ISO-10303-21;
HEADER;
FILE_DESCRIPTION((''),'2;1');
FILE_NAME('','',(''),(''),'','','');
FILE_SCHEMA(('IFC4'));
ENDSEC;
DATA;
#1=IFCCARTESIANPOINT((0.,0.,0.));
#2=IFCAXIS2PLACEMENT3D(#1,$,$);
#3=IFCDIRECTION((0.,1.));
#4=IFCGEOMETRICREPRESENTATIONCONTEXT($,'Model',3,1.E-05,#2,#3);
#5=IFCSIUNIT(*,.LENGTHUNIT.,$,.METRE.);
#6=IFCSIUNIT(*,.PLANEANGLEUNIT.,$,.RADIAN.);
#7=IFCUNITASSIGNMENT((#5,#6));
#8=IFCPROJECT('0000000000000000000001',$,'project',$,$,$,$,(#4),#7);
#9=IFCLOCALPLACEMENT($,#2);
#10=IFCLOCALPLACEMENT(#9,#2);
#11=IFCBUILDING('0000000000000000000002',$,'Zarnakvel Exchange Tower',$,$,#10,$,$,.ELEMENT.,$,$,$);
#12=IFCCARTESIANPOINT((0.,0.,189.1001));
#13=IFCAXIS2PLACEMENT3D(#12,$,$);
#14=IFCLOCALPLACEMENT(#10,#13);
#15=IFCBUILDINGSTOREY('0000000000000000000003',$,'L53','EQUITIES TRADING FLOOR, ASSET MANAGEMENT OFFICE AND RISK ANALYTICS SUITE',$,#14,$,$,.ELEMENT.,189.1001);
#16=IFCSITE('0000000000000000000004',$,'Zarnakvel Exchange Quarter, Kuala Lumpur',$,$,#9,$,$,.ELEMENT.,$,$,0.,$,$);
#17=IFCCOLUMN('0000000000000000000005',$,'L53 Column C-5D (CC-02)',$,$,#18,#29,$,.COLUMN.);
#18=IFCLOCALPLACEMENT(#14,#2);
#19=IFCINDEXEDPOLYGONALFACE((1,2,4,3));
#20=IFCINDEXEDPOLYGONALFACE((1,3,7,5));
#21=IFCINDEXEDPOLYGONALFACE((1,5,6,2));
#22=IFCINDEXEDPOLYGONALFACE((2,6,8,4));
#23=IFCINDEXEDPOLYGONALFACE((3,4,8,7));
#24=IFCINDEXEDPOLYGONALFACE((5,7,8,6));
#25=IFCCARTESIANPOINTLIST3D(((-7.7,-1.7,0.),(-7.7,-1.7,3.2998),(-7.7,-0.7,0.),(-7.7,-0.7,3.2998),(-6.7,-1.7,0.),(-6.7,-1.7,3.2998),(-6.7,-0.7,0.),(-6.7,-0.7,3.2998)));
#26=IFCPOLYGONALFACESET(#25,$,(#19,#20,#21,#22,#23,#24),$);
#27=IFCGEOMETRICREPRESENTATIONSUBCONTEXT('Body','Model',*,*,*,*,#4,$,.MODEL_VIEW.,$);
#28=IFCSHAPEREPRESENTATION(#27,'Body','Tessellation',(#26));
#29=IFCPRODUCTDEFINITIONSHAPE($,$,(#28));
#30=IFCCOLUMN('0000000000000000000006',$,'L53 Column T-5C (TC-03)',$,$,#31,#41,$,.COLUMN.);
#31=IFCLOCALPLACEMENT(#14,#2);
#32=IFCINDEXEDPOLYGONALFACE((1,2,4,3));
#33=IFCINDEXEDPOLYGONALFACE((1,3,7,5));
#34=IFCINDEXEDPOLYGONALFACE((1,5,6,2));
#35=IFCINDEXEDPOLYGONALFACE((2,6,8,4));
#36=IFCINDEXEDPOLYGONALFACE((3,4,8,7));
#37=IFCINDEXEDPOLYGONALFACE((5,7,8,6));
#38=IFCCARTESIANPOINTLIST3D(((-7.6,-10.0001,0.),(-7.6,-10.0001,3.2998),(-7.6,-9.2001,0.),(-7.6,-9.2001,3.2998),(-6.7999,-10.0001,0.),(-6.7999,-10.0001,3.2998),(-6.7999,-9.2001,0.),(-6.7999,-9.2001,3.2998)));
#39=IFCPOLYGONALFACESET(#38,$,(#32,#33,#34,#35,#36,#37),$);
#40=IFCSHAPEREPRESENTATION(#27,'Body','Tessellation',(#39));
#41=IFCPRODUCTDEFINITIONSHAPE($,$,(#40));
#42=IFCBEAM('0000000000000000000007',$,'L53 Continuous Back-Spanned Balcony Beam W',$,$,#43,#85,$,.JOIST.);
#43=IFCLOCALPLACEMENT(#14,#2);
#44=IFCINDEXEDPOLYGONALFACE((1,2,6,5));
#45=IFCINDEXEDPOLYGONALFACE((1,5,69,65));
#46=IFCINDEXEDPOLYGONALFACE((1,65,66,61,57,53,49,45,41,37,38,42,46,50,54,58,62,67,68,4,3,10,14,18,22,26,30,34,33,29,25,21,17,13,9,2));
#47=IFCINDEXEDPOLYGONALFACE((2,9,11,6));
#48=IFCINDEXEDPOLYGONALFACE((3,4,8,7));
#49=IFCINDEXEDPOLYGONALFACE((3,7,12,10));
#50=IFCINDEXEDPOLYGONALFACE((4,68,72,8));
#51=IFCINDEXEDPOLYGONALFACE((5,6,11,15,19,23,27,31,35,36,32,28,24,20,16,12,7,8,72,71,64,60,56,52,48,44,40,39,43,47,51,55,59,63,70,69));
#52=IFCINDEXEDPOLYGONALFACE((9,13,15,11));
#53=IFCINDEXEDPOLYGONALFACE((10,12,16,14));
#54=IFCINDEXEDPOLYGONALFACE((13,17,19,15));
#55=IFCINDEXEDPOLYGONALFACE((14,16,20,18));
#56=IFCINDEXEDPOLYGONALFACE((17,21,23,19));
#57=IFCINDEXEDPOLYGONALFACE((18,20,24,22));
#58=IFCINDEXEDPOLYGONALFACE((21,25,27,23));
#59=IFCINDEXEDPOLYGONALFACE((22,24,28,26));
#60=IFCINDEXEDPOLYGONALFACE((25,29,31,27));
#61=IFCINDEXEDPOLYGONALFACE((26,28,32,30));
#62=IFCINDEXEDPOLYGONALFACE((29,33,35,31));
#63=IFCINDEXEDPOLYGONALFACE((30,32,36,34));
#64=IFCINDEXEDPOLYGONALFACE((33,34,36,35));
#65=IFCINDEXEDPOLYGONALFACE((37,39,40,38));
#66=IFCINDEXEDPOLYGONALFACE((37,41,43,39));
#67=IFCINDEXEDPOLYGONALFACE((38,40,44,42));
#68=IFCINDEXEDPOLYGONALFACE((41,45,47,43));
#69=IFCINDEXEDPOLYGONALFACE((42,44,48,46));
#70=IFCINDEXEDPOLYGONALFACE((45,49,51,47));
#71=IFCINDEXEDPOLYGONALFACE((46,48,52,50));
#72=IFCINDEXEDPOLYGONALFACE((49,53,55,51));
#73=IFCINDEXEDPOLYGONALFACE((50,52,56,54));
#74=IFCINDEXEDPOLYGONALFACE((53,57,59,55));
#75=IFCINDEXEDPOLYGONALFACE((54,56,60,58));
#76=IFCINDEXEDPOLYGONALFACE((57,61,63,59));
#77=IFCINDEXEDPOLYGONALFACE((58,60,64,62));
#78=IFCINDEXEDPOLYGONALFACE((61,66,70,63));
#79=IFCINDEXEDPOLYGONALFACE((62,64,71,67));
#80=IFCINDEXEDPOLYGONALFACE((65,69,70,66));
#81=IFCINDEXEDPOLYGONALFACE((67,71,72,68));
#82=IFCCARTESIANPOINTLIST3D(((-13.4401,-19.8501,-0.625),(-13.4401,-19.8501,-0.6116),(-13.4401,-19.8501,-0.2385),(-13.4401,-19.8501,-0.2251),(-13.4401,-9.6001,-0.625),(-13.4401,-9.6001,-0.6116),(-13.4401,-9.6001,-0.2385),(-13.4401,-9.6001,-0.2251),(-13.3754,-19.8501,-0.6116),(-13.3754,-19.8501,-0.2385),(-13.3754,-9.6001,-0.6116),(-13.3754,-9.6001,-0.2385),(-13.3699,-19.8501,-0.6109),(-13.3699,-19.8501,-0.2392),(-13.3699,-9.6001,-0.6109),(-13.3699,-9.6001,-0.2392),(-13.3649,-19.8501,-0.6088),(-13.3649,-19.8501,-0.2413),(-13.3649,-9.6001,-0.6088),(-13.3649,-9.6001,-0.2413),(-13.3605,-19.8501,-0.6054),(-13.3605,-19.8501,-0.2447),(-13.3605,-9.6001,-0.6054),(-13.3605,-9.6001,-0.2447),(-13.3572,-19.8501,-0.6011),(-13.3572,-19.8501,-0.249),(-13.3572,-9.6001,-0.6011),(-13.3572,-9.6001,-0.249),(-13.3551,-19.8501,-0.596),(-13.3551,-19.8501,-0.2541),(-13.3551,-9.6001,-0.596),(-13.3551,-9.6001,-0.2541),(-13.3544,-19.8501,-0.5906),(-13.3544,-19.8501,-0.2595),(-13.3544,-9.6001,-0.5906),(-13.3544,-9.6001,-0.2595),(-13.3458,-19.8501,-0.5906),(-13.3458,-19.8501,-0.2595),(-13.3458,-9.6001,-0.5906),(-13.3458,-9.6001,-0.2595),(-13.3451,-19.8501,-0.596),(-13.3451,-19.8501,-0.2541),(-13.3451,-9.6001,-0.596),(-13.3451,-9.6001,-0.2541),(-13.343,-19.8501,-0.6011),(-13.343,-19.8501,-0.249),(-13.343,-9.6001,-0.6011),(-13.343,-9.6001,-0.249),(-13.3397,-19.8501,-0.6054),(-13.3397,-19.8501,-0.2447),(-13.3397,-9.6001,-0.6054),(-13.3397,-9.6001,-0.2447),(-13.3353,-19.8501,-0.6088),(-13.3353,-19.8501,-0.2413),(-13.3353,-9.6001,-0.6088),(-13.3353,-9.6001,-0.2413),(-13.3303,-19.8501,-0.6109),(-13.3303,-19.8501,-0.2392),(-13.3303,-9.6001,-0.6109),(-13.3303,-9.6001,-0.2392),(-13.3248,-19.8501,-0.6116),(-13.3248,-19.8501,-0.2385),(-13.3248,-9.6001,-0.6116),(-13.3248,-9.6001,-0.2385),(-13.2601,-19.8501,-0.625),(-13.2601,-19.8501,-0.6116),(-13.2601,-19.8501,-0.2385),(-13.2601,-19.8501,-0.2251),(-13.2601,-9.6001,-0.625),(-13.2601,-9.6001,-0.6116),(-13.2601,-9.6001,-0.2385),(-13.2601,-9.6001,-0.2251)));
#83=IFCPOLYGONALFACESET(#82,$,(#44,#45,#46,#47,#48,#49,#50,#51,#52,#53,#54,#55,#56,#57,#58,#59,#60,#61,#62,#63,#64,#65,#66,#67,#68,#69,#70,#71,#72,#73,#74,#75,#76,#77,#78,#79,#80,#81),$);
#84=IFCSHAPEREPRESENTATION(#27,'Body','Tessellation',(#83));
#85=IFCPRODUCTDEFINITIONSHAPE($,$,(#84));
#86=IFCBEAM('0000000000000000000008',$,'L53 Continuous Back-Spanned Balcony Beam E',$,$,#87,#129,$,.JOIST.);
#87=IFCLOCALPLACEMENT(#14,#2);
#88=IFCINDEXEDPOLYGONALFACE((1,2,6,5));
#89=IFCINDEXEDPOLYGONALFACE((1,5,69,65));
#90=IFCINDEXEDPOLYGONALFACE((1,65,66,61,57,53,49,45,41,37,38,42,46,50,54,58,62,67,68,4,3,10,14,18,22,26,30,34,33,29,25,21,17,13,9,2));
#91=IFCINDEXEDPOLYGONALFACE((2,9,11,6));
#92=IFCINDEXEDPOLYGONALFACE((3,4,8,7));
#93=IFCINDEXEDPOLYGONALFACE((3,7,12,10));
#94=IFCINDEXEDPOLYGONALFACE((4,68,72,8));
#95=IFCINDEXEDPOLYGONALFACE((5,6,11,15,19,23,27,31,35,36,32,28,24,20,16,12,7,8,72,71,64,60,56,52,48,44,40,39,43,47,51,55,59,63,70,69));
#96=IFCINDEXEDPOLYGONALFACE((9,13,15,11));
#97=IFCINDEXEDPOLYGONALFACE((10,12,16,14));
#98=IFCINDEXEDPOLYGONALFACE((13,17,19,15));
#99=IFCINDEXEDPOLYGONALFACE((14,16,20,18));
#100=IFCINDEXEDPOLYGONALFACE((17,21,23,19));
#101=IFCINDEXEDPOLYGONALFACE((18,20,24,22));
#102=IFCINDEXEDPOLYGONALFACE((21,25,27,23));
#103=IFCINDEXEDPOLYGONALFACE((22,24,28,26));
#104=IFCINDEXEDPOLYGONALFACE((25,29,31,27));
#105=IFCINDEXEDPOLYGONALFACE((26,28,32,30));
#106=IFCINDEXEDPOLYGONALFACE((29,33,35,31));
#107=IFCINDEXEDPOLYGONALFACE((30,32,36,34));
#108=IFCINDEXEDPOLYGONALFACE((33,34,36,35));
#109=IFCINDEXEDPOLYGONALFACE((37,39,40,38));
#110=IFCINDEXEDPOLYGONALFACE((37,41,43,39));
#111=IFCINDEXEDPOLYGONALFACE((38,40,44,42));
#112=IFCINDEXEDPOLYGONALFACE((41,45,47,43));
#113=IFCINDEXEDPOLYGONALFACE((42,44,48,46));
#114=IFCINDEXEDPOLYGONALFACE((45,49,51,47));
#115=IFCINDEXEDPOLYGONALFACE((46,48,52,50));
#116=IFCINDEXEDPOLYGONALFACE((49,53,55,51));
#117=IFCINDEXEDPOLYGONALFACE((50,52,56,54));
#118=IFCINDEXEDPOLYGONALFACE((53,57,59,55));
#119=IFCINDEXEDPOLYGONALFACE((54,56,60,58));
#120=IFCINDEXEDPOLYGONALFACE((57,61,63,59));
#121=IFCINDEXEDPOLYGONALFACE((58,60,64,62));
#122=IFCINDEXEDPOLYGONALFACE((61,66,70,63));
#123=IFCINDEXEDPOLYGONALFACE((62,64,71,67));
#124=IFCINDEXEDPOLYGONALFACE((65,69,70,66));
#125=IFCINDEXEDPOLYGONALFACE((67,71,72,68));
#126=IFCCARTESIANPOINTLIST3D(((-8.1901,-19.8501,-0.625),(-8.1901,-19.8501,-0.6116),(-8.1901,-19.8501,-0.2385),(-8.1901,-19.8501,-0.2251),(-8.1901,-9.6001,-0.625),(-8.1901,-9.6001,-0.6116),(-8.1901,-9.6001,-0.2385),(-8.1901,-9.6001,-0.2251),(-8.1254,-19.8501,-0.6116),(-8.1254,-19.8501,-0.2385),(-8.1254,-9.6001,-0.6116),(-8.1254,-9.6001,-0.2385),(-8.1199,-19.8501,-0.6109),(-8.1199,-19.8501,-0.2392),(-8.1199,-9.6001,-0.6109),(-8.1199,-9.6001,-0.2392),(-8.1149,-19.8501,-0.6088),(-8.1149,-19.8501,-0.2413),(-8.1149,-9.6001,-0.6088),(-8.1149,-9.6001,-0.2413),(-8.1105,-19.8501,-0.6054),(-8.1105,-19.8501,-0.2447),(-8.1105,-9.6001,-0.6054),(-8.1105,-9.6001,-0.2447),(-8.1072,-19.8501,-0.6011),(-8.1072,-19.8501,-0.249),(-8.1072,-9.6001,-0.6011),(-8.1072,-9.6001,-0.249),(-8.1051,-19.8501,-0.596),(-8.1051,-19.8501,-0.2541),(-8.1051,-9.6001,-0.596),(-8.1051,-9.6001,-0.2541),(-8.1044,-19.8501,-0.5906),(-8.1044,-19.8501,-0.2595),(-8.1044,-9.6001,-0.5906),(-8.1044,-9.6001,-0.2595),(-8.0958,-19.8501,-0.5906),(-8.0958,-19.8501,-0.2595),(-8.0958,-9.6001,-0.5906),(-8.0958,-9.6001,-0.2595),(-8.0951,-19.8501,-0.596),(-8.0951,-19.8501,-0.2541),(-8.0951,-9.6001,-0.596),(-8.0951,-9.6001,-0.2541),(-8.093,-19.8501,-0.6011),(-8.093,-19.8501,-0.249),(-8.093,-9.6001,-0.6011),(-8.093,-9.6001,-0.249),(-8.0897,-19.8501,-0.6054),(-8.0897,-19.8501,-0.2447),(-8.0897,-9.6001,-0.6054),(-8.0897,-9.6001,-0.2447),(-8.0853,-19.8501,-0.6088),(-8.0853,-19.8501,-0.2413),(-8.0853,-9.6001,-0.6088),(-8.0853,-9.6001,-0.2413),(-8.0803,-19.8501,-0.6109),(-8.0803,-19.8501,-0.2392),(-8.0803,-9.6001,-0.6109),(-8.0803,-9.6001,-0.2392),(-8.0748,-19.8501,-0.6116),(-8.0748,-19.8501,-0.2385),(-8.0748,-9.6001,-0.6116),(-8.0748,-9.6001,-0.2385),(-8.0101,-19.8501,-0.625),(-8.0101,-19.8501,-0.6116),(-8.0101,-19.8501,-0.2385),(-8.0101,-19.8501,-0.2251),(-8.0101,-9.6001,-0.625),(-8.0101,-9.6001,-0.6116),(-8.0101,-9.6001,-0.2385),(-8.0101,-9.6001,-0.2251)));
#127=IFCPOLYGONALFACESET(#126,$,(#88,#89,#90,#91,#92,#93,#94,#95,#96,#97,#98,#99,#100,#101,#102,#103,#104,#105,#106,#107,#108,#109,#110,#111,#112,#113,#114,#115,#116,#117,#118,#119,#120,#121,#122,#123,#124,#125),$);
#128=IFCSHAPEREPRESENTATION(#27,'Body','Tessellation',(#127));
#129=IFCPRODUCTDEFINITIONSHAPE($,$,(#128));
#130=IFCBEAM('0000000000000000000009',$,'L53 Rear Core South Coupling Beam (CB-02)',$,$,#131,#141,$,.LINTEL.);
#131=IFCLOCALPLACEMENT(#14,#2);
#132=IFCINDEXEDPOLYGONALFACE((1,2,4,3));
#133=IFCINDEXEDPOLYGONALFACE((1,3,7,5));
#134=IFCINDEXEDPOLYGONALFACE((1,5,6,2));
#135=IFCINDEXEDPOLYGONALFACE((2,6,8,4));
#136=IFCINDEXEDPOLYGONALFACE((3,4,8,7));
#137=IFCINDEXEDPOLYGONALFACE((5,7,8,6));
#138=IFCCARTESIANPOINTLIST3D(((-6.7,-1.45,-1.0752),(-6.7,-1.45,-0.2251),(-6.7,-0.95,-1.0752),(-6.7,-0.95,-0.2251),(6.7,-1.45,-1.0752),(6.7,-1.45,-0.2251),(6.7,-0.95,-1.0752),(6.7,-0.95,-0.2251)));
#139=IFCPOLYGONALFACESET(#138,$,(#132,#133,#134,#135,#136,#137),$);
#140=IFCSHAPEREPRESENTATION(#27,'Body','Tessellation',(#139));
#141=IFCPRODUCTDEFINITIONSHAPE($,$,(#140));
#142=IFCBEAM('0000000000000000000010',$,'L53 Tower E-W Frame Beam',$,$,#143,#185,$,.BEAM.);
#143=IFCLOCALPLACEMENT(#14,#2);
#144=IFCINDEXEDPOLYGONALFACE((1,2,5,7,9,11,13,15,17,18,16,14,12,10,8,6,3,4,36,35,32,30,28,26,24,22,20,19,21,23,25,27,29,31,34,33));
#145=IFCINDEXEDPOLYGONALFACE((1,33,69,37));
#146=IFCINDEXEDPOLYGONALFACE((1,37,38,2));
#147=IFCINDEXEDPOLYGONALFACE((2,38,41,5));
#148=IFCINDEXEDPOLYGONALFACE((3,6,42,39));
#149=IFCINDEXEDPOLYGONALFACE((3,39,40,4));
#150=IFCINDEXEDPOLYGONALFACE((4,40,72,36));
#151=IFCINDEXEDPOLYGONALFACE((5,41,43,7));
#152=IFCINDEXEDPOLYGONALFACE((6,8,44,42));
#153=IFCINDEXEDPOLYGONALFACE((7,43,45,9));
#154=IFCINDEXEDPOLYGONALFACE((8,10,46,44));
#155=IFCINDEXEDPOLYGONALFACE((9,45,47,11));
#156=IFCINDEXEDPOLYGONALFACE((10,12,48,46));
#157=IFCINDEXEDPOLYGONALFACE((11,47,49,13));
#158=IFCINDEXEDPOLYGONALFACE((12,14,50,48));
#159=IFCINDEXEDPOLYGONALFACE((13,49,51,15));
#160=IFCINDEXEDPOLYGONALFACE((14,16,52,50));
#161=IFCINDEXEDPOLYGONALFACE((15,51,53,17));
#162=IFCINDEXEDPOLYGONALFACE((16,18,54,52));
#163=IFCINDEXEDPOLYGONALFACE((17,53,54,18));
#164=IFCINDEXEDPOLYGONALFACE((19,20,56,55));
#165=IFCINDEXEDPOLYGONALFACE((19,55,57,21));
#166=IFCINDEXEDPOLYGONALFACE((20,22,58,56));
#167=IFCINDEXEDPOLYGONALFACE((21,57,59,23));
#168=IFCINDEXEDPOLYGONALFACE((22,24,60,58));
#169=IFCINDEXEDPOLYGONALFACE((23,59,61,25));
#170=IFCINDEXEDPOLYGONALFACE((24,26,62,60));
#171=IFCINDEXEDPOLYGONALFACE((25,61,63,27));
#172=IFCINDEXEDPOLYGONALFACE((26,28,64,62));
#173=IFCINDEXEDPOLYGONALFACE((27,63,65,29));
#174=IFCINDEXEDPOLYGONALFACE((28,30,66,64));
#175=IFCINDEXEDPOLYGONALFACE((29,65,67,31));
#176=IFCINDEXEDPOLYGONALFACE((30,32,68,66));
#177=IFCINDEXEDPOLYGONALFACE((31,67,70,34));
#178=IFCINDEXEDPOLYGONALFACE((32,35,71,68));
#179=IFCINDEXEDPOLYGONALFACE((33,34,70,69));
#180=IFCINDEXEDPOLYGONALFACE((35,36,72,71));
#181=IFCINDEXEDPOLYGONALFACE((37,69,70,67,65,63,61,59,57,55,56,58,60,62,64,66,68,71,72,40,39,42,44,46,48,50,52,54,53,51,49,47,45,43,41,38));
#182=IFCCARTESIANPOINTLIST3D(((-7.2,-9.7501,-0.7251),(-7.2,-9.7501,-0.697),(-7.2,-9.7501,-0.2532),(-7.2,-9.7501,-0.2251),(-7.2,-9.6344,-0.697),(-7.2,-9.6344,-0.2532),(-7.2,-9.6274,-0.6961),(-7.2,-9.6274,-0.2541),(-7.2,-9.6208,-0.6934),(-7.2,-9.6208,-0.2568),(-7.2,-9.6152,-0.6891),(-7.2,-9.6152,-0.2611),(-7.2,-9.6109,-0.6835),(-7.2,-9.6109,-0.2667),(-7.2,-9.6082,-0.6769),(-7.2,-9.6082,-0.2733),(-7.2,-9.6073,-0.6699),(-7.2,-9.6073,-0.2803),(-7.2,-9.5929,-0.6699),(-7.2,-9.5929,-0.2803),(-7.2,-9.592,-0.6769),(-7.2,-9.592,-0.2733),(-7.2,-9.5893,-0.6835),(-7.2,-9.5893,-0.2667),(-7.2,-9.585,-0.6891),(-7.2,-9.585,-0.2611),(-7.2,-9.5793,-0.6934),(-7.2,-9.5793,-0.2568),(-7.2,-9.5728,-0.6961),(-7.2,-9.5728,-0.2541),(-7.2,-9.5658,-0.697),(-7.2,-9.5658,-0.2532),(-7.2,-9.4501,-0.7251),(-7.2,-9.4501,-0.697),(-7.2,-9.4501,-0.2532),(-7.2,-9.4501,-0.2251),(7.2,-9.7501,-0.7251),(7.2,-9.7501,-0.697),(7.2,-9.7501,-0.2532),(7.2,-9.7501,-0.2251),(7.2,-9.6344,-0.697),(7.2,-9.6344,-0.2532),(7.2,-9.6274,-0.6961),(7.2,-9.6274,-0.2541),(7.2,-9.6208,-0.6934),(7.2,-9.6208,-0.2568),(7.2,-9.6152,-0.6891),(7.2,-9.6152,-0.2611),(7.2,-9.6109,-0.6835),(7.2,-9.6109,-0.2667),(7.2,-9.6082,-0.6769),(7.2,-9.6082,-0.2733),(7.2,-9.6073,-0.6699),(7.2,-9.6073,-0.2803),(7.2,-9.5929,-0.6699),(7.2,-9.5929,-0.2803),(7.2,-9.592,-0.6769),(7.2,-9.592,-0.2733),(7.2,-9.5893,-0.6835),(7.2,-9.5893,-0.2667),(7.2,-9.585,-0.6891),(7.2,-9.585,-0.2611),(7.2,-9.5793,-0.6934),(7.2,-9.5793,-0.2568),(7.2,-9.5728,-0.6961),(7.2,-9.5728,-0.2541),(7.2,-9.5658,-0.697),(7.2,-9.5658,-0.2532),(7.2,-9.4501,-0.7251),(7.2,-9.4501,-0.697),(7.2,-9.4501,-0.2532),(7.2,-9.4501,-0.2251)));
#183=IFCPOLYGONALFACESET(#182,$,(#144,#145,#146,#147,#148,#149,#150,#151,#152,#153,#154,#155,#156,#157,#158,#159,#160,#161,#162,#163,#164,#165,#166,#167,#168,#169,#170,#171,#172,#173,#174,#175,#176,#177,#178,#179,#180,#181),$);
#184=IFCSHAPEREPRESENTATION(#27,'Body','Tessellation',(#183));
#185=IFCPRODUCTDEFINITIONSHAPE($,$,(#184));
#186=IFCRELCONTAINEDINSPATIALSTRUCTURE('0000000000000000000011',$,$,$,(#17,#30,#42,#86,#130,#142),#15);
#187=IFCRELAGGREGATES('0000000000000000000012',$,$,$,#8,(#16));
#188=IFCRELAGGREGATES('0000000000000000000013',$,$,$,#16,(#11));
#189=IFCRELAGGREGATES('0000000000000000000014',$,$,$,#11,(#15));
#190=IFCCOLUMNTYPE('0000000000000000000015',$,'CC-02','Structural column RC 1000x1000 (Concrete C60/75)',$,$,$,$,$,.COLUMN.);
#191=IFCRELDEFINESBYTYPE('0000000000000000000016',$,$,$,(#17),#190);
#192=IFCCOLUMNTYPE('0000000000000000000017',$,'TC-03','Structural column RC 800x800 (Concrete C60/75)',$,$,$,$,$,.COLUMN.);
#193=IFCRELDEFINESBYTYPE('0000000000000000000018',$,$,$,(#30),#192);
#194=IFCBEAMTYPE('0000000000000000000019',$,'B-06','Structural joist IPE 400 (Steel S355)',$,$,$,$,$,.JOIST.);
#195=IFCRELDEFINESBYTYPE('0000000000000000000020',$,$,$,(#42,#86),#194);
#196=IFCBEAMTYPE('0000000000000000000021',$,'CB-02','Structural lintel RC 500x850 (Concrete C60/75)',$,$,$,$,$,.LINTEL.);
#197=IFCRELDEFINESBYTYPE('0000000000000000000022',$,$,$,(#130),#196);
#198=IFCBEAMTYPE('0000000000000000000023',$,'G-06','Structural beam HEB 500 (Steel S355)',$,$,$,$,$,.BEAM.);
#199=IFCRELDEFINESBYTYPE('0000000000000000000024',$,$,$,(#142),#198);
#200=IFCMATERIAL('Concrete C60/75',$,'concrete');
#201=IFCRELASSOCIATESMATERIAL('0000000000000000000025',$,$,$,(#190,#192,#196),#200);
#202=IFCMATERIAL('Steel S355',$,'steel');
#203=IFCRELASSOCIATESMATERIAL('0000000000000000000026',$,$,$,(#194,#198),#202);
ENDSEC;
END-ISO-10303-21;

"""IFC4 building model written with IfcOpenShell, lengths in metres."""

from ifc_helpers import new_model, si_unit, direction, frame, origin, origin_2d, place, context, subcontext, project, spatial, rectangle, i_section, extrude, material, material_profile, profile_set, type_object, element, save


model = new_model("IFC4")

# Units and contexts
model_context = context("Model", 3, precision=1e-05, world=origin(), true_north=direction((0.0, 1.0)))
body_context = subcontext(model_context, "Body", "Model", "MODEL_VIEW")
ifc_project = project(units=[si_unit("LENGTHUNIT", "METRE"), si_unit("PLANEANGLEUNIT", "RADIAN")], contexts=[model_context])

# Site, building, storey
site_placement = place(None, origin())
site = spatial("IfcSite", under=ifc_project, at=site_placement, Name="Zarnakvel Exchange Quarter, Kuala Lumpur", CompositionType="ELEMENT", RefElevation=0.0)
building_placement = place(site_placement, origin())
building = spatial("IfcBuilding", under=site, at=building_placement, Name="Zarnakvel Exchange Tower", CompositionType="ELEMENT")
storey_placement = place(building_placement, frame((0.0, 0.0, 189.1001)))
storey = spatial("IfcBuildingStorey", under=building, at=storey_placement, Name="L53", Description="EQUITIES TRADING FLOOR, ASSET MANAGEMENT OFFICE AND RISK ANALYTICS SUITE", CompositionType="ELEMENT", Elevation=189.1001)

# Columns
ifc_material_1 = material(Name="Concrete C60/75", Category="concrete")
ifc_material_profile_1 = material_profile(ifc_material_1, rectangle(XDim=1.0, YDim=1.0, at=origin_2d()))
ifc_profile_set_1 = profile_set([ifc_material_profile_1], Name="Concrete C60/75")
column_type_1 = type_object("IfcColumnType", Name="CC-02", Description="Structural column RC 1000x1000 (Concrete C60/75)", PredefinedType="COLUMN", material=ifc_profile_set_1)
column_1_placement = place(storey_placement, frame((-7.2, -1.2, 0.0), z_axis=(0.0, 0.0, 1.0), x_axis=(1.0, 0.0, 0.0)))
element("IfcColumn", 1, at=column_1_placement, inside=storey, type_object=column_type_1, Name="L53 Column C-5D (CC-02)", PredefinedType="COLUMN", context=body_context, shape_type="SweptSolid", body=[
    extrude(rectangle(XDim=1.0, YDim=1.0, at=origin_2d()), origin(), (0.0, 0.0, 1.0), 3.2998),
])
ifc_material_profile_2 = material_profile(ifc_material_1, rectangle(XDim=0.8, YDim=0.8, at=origin_2d()))
ifc_profile_set_2 = profile_set([ifc_material_profile_2], Name="Concrete C60/75")
column_type_2 = type_object("IfcColumnType", Name="TC-03", Description="Structural column RC 800x800 (Concrete C60/75)", PredefinedType="COLUMN", material=ifc_profile_set_2)
column_2_placement = place(storey_placement, frame((-7.2, -9.6001, 0.0), z_axis=(0.0, 0.0, 1.0), x_axis=(1.0, 0.0, 0.0)))
element("IfcColumn", 2, at=column_2_placement, inside=storey, type_object=column_type_2, Name="L53 Column T-5C (TC-03)", PredefinedType="COLUMN", context=body_context, shape_type="SweptSolid", body=[
    extrude(rectangle(XDim=0.8, YDim=0.8, at=origin_2d()), origin(), (0.0, 0.0, 1.0), 3.2998),
])

# Beams
ifc_material_2 = material(Name="Steel S355", Category="steel")
ifc_material_profile_3 = material_profile(ifc_material_2, i_section(OverallWidth=0.1799, OverallDepth=0.3999, WebThickness=0.0085, FlangeThickness=0.0134, FilletRadius=0.021, at=origin_2d()))
ifc_profile_set_3 = profile_set([ifc_material_profile_3], Name="Steel S355")
beam_type_1 = type_object("IfcBeamType", Name="B-06", Description="Structural joist IPE 400 (Steel S355)", PredefinedType="JOIST", material=ifc_profile_set_3)
for number, where, z_axis, x_axis, name in (
    (3, (-13.3501, -9.6001, -0.425), (0.0, -1.0, 0.0), (1.0, 0.0, 0.0), "L53 Continuous Back-Spanned Balcony Beam W"),
    (4, (-8.1001, -9.6001, -0.425), (0.0, -1.0, 0.0), (1.0, 0.0, 0.0), "L53 Continuous Back-Spanned Balcony Beam E"),
):
    element("IfcBeam", number, at=place(storey_placement, frame(where, z_axis=z_axis, x_axis=x_axis)), inside=storey, type_object=beam_type_1, Name=name, PredefinedType="JOIST", context=body_context, shape_type="SweptSolid", body=[
        extrude(i_section(OverallWidth=0.1799, OverallDepth=0.3999, WebThickness=0.0085, FlangeThickness=0.0134, FilletRadius=0.021, at=origin_2d()), origin(), (0.0, 0.0, 1.0), 10.25),
    ])
ifc_material_profile_4 = material_profile(ifc_material_1, rectangle(XDim=0.5, YDim=0.8501, at=origin_2d()))
ifc_profile_set_4 = profile_set([ifc_material_profile_4], Name="Concrete C60/75")
beam_type_2 = type_object("IfcBeamType", Name="CB-02", Description="Structural lintel RC 500x850 (Concrete C60/75)", PredefinedType="LINTEL", material=ifc_profile_set_4)
beam_1_placement = place(storey_placement, frame((-6.7, -1.2, -0.6501), z_axis=(1.0, 0.0, 0.0), x_axis=(0.0, 1.0, 0.0)))
element("IfcBeam", 5, at=beam_1_placement, inside=storey, type_object=beam_type_2, Name="L53 Rear Core South Coupling Beam (CB-02)", PredefinedType="LINTEL", context=body_context, shape_type="SweptSolid", body=[
    extrude(rectangle(XDim=0.5, YDim=0.8501, at=origin_2d()), origin(), (0.0, 0.0, 1.0), 13.3999),
])
ifc_material_profile_5 = material_profile(ifc_material_2, i_section(OverallWidth=0.3, OverallDepth=0.5, WebThickness=0.0144, FlangeThickness=0.0281, FilletRadius=0.0271, at=origin_2d()))
ifc_profile_set_5 = profile_set([ifc_material_profile_5], Name="Steel S355")
beam_type_3 = type_object("IfcBeamType", Name="G-06", Description="Structural beam HEB 500 (Steel S355)", PredefinedType="BEAM", material=ifc_profile_set_5)
beam_2_placement = place(storey_placement, frame((-7.2, -9.6001, -0.4751), z_axis=(1.0, 0.0, 0.0), x_axis=(0.0, 1.0, 0.0)))
element("IfcBeam", 6, at=beam_2_placement, inside=storey, type_object=beam_type_3, Name="L53 Tower E-W Frame Beam", PredefinedType="BEAM", context=body_context, shape_type="SweptSolid", body=[
    extrude(i_section(OverallWidth=0.3, OverallDepth=0.5, WebThickness=0.0144, FlangeThickness=0.0281, FilletRadius=0.0271, at=origin_2d()), origin(), (0.0, 0.0, 1.0), 14.3999),
])

save(model, "model.ifc")
